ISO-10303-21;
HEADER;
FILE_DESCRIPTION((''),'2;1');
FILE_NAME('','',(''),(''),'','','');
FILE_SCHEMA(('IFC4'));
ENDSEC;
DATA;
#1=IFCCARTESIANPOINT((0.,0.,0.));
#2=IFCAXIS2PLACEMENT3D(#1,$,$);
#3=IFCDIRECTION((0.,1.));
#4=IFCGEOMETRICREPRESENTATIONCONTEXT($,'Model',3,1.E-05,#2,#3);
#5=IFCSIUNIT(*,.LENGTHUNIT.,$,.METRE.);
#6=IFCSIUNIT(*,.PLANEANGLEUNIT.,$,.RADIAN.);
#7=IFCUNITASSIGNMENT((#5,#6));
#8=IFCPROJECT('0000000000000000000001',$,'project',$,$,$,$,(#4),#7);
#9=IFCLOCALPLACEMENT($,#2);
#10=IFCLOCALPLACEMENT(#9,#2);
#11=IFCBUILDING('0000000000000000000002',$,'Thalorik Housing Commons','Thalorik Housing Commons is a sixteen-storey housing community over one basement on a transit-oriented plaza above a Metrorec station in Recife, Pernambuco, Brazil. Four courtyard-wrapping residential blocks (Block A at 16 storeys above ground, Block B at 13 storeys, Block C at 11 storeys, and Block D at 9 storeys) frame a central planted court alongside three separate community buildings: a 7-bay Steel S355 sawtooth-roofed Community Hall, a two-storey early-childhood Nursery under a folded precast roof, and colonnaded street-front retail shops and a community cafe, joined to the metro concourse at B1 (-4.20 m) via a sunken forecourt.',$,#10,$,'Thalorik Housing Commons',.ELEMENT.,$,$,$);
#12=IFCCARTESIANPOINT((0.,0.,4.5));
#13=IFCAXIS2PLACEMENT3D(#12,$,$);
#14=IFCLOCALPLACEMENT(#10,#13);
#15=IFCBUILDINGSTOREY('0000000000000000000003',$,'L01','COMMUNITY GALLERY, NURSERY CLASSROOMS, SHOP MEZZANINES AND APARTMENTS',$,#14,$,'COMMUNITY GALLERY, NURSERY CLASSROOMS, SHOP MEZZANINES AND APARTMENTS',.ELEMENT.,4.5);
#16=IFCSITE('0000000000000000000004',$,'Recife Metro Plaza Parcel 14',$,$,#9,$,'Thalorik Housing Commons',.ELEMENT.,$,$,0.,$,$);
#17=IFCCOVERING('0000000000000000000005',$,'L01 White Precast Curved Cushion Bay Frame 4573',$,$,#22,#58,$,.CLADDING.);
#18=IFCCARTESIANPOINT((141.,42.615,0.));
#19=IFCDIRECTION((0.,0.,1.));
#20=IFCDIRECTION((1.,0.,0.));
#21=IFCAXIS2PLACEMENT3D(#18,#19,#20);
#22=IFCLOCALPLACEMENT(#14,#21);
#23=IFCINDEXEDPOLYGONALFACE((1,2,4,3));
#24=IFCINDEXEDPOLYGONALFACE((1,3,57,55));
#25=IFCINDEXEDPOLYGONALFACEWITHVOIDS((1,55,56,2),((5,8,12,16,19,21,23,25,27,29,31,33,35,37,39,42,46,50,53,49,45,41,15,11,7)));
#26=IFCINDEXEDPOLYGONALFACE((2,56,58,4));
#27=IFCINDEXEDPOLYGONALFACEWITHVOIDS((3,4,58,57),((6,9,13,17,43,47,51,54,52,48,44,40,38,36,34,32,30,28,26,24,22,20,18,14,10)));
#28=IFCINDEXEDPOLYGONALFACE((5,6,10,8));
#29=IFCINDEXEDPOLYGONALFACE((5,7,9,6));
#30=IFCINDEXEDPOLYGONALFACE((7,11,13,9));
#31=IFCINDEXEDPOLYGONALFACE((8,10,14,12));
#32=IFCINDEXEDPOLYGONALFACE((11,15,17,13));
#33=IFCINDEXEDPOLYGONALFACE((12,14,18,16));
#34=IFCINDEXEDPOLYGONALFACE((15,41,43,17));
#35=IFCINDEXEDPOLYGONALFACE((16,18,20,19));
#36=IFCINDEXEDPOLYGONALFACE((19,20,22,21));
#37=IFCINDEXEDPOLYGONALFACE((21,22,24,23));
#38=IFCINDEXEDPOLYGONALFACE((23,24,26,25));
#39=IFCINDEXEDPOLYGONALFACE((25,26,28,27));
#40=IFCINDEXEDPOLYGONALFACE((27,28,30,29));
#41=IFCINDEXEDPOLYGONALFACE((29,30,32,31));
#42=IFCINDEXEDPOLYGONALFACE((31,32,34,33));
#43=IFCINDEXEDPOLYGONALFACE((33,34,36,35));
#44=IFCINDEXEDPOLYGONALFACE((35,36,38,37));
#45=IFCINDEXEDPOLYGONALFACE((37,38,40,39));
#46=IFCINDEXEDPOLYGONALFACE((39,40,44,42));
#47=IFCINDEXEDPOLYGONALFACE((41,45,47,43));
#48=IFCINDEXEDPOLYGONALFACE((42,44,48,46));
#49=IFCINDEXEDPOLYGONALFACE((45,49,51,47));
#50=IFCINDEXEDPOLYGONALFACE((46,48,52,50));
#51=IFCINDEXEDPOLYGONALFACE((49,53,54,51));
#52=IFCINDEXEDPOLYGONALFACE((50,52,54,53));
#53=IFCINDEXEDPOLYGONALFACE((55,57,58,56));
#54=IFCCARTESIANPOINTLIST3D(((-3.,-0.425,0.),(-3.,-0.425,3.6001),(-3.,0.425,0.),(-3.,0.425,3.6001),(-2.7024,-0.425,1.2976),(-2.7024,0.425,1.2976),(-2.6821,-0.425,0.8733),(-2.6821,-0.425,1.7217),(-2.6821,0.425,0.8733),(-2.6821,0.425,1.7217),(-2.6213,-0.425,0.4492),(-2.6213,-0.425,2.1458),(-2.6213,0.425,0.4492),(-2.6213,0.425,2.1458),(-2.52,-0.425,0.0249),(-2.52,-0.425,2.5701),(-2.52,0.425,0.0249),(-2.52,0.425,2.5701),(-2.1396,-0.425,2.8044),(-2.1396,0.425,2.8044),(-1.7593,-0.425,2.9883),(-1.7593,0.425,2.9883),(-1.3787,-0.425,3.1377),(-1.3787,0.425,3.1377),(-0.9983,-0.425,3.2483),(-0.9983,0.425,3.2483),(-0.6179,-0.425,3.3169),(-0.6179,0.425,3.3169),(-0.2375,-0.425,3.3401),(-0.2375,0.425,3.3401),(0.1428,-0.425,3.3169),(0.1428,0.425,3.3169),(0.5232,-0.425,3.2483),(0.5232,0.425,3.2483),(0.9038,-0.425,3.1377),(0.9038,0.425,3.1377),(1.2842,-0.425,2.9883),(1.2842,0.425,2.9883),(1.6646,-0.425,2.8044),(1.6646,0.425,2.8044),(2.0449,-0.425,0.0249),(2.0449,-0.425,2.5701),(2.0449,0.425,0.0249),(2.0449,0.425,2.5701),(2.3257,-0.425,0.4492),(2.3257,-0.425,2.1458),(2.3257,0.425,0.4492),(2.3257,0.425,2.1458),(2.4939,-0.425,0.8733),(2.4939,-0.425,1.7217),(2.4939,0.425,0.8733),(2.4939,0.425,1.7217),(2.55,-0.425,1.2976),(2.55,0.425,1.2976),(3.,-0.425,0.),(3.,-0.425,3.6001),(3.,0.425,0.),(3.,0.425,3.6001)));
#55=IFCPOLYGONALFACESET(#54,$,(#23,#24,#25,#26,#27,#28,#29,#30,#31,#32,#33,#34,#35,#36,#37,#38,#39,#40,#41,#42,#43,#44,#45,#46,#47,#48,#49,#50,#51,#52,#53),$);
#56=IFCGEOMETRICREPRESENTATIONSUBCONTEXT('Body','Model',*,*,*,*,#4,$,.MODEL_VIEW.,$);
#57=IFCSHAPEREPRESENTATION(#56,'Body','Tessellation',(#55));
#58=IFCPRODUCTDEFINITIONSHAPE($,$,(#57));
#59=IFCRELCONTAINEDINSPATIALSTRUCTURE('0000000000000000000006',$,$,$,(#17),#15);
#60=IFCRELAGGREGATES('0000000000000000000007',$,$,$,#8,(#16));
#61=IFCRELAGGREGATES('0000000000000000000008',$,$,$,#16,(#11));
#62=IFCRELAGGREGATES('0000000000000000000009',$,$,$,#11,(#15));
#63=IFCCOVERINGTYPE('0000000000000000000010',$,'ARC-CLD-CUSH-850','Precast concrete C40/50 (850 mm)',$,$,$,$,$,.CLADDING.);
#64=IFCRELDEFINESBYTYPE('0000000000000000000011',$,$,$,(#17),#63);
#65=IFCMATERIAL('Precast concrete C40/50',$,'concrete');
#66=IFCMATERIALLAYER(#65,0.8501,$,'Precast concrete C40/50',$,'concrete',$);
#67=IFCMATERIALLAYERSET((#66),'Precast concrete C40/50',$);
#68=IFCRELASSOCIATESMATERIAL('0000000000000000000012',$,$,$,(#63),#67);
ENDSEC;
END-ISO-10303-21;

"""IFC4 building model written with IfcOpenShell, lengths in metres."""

from ifc_helpers import new_model, si_unit, direction, frame, origin, place, context, subcontext, project, spatial, polyline, outline, extrude, material, layer, layer_set, type_object, element, save


model = new_model("IFC4")

# Units and contexts
model_context = context("Model", 3, precision=1e-05, world=origin(), true_north=direction((0.0, 1.0)))
body_context = subcontext(model_context, "Body", "Model", "MODEL_VIEW")
ifc_project = project(units=[si_unit("LENGTHUNIT", "METRE"), si_unit("PLANEANGLEUNIT", "RADIAN")], contexts=[model_context])

# Site, building, storey
site_placement = place(None, origin())
site = spatial("IfcSite", under=ifc_project, at=site_placement, Name="Recife Metro Plaza Parcel 14", LongName="Thalorik Housing Commons", CompositionType="ELEMENT", RefElevation=0.0)
building_placement = place(site_placement, origin())
building = spatial("IfcBuilding", under=site, at=building_placement, Name="Thalorik Housing Commons", Description="Thalorik Housing Commons is a sixteen-storey housing community over one basement on a transit-oriented plaza above a Metrorec station in Recife, Pernambuco, Brazil. Four courtyard-wrapping residential blocks (Block A at 16 storeys above ground, Block B at 13 storeys, Block C at 11 storeys, and Block D at 9 storeys) frame a central planted court alongside three separate community buildings: a 7-bay Steel S355 sawtooth-roofed Community Hall, a two-storey early-childhood Nursery under a folded precast roof, and colonnaded street-front retail shops and a community cafe, joined to the metro concourse at B1 (-4.20 m) via a sunken forecourt.", LongName="Thalorik Housing Commons", CompositionType="ELEMENT")
storey_placement = place(building_placement, frame((0.0, 0.0, 4.5)))
storey = spatial("IfcBuildingStorey", under=building, at=storey_placement, Name="L01", Description="COMMUNITY GALLERY, NURSERY CLASSROOMS, SHOP MEZZANINES AND APARTMENTS", LongName="COMMUNITY GALLERY, NURSERY CLASSROOMS, SHOP MEZZANINES AND APARTMENTS", CompositionType="ELEMENT", Elevation=4.5)

# Shared definitions
ifc_material_1 = material(Name="Precast concrete C40/50", Category="concrete")

# Covering
ifc_layer_1 = layer(ifc_material_1, 0.8501, Name="Precast concrete C40/50", Category="concrete")
ifc_layer_set_1 = layer_set([ifc_layer_1], Name="Precast concrete C40/50")
covering_type_1 = type_object("IfcCoveringType", Name="ARC-CLD-CUSH-850", Description="Precast concrete C40/50 (850 mm)", PredefinedType="CLADDING", material=ifc_layer_set_1)
covering_1_placement = place(storey_placement, frame((141.0, 42.615, 0.0), z_axis=(0.0, 0.0, 1.0), x_axis=(1.0, 0.0, 0.0)))
element("IfcCovering", 1, at=covering_1_placement, inside=storey, type_object=covering_type_1, Name="L01 White Precast Curved Cushion Bay Frame 4573", PredefinedType="CLADDING", context=body_context, shape_type="SweptSolid", body=[
    extrude(outline(polyline([(-3.0, 0.0), (3.0, 0.0), (3.0, 3.6001), (-3.0, 3.6001), (-3.0, 0.0)]), holes=[polyline([(2.0449, 0.0249), (2.3257, 0.4492), (2.4939, 0.8733), (2.55, 1.2976), (2.4939, 1.7217), (2.3257, 2.1458), (2.0449, 2.5701), (1.6646, 2.8044), (1.2842, 2.9883), (0.9038, 3.1377), (0.5232, 3.2483), (0.1428, 3.3169), (-0.2375, 3.3401), (-0.6179, 3.3169), (-0.9983, 3.2483), (-1.3787, 3.1377), (-1.7593, 2.9883), (-2.1396, 2.8044), (-2.52, 2.5701), (-2.6213, 2.1458), (-2.6821, 1.7217), (-2.7024, 1.2976), (-2.6821, 0.8733), (-2.6213, 0.4492), (-2.52, 0.0249), (2.0449, 0.0249)])]), frame((0.0, 0.425, 0.0), z_axis=(0.0, -1.0, 0.0), x_axis=(1.0, 0.0, 0.0)), (0.0, 0.0, 1.0), 0.8501),
])

save(model, "model.ifc")
